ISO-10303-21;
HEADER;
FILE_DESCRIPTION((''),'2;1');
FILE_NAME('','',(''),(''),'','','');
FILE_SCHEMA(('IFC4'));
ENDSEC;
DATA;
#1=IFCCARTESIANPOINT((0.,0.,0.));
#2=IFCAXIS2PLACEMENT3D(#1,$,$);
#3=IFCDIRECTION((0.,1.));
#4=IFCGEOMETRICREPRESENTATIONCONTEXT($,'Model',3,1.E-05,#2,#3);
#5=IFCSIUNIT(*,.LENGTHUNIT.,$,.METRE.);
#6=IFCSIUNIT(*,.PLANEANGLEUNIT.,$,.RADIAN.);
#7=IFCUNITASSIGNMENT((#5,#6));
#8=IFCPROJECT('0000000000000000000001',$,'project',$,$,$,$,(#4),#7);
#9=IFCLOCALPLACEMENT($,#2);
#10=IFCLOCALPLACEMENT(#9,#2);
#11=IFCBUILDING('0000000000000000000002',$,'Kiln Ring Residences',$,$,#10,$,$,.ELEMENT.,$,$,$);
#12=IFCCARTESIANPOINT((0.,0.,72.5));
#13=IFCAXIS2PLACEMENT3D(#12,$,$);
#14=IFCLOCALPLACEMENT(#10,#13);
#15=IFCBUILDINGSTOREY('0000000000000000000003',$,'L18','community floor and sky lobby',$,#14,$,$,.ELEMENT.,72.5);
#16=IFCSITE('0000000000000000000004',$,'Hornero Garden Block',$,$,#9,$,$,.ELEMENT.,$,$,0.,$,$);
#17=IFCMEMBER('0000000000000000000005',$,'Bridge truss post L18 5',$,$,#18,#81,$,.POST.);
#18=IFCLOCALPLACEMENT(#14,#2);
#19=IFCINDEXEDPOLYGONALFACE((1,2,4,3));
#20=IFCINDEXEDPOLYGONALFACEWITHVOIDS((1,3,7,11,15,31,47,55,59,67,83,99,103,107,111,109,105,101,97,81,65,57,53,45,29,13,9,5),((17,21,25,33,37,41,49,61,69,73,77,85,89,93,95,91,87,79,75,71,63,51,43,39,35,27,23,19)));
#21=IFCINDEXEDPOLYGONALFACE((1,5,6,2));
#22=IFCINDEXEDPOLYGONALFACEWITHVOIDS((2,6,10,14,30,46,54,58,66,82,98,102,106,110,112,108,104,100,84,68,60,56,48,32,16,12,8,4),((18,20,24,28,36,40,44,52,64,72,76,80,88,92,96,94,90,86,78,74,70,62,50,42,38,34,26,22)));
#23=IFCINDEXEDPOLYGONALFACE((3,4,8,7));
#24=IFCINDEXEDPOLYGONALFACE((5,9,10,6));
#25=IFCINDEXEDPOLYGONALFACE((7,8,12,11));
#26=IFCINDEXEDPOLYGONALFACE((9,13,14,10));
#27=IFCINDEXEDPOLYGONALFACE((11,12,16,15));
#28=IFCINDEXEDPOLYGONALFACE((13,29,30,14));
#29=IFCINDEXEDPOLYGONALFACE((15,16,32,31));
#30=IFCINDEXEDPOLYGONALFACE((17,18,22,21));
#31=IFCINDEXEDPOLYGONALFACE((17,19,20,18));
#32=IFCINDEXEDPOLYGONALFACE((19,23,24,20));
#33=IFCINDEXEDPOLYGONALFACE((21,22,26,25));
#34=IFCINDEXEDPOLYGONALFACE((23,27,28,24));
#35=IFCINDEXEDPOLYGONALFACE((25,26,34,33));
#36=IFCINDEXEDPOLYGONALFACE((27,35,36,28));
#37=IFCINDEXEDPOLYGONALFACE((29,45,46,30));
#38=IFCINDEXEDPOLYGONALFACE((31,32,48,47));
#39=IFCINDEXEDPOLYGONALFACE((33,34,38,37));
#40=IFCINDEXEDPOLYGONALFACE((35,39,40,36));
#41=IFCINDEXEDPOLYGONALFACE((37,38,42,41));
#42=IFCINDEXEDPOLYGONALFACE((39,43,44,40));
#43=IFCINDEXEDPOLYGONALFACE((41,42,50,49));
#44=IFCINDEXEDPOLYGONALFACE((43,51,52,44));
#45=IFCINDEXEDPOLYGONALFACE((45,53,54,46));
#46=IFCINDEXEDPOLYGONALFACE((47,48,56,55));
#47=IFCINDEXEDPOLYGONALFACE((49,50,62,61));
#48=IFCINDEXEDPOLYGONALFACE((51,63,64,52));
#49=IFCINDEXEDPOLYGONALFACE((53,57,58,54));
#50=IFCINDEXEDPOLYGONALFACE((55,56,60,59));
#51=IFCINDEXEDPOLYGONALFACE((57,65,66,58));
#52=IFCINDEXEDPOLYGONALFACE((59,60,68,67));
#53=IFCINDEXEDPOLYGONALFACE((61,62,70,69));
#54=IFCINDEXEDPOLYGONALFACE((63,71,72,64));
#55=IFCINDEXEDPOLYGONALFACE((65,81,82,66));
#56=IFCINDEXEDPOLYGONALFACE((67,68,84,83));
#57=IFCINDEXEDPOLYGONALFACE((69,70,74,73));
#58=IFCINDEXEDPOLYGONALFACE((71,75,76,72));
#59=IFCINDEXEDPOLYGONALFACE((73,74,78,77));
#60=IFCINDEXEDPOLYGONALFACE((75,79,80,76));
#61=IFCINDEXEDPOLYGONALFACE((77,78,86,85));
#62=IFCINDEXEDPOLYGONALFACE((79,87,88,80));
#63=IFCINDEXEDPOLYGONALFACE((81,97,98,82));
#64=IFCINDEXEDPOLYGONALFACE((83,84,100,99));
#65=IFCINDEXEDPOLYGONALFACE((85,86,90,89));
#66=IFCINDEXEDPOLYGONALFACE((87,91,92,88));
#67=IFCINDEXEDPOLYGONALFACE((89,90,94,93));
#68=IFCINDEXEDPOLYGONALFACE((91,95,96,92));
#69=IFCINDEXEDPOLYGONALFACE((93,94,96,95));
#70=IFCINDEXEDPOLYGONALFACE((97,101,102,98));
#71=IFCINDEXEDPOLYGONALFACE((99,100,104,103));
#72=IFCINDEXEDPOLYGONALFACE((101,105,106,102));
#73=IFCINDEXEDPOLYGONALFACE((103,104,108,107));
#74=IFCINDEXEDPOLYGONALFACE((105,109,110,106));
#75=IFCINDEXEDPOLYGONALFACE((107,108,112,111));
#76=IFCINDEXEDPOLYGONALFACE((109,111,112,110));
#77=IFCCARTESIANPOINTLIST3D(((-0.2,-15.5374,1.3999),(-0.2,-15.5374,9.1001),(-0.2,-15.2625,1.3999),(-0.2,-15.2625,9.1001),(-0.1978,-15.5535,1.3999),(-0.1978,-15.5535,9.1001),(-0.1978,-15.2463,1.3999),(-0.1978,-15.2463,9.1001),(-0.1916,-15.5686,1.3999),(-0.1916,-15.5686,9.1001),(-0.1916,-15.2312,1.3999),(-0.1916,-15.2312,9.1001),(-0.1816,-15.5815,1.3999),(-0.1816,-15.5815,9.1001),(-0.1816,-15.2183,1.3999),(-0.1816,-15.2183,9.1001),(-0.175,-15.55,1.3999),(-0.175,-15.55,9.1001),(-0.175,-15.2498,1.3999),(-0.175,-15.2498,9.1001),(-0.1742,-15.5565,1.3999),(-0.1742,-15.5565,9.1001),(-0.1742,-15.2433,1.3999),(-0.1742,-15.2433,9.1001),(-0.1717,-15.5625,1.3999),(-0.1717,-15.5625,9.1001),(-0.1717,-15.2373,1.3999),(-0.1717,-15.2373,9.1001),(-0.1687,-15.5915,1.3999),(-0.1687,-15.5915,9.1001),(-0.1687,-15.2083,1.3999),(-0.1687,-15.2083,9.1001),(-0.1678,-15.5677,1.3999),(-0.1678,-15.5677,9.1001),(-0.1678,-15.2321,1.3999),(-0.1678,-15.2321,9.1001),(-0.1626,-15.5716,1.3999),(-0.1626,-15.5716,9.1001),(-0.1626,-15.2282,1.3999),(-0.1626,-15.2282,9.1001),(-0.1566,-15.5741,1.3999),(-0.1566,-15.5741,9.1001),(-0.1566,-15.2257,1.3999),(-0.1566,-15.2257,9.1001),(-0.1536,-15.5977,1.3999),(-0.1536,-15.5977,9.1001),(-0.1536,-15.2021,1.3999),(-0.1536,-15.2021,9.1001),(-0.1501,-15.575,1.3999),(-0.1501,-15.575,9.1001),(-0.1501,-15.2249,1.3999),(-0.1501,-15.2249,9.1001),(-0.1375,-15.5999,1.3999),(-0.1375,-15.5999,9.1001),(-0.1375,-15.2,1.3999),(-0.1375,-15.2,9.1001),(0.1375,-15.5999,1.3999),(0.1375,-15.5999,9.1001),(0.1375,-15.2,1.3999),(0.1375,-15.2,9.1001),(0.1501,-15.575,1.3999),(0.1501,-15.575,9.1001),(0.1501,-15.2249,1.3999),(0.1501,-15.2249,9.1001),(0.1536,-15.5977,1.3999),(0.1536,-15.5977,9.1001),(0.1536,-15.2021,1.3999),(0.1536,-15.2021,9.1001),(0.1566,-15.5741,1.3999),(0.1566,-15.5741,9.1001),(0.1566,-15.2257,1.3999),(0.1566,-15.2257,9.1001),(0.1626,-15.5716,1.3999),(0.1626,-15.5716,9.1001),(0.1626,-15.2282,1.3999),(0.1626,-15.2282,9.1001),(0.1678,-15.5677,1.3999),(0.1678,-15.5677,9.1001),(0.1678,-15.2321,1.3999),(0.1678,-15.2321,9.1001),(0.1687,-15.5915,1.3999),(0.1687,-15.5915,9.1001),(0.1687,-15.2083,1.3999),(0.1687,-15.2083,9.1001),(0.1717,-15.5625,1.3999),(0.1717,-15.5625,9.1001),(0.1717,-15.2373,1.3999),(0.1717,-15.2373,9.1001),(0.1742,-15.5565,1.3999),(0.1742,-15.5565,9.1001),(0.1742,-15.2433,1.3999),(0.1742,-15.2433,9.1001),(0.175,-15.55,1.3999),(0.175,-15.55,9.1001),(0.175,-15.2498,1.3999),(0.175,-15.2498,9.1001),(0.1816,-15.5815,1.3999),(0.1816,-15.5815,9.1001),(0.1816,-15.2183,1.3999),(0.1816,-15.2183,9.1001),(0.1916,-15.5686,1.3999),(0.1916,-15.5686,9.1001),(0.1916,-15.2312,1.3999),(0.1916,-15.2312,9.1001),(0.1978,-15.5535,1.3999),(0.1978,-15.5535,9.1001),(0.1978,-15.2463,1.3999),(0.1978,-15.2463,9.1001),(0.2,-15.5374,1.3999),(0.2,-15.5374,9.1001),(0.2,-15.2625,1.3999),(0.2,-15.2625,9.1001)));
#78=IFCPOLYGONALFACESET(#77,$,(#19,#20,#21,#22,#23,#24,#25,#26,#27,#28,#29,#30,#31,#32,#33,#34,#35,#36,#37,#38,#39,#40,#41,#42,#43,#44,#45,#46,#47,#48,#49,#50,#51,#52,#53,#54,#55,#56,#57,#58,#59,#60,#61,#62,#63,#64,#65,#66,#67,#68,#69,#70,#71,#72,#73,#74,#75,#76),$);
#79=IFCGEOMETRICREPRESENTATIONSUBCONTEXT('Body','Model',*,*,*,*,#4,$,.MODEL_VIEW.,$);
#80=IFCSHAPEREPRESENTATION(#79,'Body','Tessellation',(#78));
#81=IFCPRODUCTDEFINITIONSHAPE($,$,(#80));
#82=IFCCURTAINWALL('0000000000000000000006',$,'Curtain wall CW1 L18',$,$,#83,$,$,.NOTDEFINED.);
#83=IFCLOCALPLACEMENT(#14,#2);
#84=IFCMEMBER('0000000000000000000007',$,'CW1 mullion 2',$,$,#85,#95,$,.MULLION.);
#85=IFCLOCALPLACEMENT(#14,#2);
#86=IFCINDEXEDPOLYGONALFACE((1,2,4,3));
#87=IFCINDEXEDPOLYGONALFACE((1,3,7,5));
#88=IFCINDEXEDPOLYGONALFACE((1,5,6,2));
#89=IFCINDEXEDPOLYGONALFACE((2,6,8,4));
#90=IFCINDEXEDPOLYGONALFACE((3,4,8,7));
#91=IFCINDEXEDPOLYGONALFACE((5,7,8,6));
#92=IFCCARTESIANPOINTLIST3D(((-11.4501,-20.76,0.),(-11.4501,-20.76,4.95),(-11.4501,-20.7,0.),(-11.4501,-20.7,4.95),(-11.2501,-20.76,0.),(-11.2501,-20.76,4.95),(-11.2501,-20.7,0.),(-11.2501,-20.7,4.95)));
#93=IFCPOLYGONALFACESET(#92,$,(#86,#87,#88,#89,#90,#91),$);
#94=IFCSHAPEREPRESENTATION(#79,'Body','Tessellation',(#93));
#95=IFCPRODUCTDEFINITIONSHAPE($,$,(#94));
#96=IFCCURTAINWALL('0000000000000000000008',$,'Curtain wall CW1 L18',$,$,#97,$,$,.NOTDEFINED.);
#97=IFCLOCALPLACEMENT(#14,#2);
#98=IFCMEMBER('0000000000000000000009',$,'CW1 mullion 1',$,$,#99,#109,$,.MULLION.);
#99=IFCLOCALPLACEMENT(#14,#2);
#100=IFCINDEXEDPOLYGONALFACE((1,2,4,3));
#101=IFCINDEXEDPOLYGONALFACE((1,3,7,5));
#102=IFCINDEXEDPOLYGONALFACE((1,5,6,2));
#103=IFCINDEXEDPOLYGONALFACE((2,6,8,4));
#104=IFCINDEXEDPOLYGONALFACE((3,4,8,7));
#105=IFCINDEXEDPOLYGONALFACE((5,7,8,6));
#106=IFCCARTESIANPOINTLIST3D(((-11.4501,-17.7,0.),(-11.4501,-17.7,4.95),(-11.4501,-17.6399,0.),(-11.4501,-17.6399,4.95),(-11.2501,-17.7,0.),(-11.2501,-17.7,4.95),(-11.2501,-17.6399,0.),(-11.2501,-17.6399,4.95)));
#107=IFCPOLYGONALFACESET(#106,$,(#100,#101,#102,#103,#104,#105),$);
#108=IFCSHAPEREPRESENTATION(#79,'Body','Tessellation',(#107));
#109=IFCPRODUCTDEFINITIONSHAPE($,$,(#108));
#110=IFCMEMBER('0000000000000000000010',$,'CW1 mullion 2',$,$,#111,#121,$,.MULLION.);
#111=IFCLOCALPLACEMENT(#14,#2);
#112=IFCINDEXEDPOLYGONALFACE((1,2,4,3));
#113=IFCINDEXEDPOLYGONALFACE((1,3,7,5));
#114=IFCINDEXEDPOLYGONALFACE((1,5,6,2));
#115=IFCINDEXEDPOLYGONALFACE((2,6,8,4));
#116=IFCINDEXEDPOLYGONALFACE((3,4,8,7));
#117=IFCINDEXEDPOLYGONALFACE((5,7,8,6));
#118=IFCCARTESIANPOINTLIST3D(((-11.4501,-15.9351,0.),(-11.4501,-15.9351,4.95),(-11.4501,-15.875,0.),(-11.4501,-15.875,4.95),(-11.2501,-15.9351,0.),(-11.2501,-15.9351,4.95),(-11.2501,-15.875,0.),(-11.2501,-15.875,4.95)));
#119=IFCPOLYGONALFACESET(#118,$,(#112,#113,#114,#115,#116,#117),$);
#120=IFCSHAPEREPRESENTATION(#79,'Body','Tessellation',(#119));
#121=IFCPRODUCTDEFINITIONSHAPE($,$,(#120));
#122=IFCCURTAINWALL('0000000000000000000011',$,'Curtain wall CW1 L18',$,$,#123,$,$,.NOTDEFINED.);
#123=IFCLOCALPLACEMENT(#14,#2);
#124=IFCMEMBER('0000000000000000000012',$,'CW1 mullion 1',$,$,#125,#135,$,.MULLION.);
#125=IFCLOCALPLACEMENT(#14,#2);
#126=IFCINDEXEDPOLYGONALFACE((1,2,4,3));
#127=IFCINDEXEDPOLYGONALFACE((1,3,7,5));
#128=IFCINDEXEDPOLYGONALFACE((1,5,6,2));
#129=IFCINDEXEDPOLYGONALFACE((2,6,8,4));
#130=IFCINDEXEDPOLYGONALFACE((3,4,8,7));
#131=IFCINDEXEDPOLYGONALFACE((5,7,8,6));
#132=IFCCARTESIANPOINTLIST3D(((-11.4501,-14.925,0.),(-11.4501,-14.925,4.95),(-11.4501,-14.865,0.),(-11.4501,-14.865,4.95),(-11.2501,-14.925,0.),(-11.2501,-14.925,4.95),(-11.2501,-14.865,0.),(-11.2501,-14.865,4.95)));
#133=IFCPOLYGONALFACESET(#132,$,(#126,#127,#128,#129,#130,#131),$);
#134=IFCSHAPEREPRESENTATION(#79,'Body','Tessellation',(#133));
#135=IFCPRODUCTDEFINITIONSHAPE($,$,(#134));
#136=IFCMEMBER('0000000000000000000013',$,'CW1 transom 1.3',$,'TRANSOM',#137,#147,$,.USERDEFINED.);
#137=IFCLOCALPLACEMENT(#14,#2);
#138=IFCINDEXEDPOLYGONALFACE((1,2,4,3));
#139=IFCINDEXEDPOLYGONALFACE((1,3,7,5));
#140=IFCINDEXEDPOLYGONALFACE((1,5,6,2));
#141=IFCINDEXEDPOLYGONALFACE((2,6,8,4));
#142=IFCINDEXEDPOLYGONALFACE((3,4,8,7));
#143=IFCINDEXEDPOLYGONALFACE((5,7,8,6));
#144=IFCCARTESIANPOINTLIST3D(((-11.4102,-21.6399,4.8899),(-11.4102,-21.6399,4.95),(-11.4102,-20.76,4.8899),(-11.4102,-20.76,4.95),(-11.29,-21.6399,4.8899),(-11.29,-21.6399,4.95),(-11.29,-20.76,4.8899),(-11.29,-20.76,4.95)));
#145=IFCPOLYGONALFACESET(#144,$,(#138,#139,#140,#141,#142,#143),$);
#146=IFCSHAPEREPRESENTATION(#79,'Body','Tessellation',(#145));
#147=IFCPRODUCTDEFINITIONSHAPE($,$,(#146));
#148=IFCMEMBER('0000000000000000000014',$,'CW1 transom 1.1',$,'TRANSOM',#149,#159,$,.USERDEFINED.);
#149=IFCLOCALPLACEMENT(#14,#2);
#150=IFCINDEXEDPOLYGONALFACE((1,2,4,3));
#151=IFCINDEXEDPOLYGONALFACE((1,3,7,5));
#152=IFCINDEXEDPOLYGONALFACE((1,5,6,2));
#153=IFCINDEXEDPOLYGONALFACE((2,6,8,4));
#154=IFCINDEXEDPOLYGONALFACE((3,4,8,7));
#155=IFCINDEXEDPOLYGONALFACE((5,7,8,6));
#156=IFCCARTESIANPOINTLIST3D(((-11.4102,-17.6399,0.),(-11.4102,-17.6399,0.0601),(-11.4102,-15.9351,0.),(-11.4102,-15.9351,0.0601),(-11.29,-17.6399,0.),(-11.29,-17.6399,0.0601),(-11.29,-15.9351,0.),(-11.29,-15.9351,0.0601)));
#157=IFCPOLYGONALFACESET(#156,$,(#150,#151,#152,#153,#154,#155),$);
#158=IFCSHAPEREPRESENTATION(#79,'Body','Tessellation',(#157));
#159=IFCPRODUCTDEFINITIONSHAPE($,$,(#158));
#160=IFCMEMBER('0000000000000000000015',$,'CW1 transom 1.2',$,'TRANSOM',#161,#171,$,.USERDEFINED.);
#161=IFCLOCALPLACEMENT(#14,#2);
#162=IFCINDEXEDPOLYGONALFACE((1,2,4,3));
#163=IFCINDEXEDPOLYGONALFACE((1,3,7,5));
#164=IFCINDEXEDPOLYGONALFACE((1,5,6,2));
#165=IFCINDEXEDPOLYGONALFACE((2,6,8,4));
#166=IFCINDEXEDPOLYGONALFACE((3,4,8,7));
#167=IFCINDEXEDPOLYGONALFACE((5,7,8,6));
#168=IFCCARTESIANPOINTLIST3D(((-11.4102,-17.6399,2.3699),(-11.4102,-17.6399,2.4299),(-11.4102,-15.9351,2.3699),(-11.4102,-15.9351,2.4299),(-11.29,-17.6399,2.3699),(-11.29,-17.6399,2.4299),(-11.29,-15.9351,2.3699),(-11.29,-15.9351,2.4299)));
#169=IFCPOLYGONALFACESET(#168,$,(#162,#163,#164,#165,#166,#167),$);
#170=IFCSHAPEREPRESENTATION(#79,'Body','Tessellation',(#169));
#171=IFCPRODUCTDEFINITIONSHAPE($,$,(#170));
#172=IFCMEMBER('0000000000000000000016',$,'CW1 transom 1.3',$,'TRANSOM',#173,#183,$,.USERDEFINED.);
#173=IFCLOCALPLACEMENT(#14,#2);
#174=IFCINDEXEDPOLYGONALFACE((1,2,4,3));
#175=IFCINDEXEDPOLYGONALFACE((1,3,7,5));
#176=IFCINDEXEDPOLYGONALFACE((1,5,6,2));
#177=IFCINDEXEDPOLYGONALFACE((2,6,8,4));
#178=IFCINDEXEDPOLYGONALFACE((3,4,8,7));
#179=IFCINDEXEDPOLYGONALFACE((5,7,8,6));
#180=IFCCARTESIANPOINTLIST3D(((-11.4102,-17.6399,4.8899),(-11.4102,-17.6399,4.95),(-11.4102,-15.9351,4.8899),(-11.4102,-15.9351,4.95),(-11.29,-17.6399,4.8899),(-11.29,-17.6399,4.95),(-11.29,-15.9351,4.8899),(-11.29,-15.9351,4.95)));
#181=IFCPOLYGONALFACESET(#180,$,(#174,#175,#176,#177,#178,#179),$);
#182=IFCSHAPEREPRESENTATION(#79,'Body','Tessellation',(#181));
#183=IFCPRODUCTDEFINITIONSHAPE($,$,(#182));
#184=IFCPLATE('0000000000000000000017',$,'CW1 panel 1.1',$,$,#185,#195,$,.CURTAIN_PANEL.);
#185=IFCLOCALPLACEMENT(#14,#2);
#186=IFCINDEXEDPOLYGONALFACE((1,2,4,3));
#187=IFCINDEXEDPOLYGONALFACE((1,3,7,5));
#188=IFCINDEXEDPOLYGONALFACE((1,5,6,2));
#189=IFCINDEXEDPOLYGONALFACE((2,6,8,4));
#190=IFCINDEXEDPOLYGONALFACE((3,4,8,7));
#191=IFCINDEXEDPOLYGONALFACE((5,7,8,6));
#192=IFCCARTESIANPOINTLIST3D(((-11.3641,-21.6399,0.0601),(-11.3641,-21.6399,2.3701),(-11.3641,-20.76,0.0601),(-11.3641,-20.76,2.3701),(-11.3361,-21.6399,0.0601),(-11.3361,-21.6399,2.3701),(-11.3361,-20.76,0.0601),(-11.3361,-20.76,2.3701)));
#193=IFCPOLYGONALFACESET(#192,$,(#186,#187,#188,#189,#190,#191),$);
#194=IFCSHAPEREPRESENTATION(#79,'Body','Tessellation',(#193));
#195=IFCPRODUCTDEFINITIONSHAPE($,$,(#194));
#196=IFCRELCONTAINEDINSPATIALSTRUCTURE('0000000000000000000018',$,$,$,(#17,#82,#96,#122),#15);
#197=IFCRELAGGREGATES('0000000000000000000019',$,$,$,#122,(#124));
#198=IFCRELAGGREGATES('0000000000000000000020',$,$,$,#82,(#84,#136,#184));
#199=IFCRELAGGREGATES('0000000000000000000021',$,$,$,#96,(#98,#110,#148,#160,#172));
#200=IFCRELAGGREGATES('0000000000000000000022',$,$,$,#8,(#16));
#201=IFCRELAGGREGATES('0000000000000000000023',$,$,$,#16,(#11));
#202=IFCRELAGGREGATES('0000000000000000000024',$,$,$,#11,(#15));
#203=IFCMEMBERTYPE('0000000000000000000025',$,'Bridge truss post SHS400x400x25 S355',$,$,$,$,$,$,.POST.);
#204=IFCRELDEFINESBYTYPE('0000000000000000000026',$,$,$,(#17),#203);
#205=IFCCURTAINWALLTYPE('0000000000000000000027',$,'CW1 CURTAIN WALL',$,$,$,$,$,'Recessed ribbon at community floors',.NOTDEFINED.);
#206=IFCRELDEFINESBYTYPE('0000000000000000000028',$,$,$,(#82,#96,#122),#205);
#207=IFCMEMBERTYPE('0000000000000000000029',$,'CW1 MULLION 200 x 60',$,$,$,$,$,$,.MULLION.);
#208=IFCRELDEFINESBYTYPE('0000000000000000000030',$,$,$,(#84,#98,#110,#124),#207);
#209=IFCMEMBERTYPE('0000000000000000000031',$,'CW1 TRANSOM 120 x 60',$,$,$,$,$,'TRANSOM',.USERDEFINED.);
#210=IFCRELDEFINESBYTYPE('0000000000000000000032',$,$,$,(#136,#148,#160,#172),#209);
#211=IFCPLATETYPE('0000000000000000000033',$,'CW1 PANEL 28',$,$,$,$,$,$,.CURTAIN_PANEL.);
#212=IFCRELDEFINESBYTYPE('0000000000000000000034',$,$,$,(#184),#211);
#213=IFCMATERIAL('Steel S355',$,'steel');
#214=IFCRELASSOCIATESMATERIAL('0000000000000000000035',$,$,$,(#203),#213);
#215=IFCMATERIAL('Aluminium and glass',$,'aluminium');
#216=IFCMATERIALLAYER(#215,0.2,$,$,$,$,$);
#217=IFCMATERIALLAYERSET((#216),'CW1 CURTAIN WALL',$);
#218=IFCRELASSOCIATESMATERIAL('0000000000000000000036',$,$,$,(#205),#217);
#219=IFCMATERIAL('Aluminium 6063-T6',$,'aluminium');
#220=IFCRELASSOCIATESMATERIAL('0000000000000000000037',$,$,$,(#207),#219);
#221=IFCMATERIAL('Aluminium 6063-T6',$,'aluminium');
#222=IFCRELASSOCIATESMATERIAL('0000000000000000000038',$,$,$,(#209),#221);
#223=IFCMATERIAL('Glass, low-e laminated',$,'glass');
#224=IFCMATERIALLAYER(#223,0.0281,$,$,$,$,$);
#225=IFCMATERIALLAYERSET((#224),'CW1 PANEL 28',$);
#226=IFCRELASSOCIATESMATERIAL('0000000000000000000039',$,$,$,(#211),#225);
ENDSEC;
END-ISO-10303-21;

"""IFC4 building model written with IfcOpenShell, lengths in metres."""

from ifc_helpers import new_model, si_unit, direction, frame, origin, origin_2d, place, context, subcontext, project, spatial, rectangle, hollow_rectangle, extrude, material, layer, layer_set, material_profile, profile_set, type_object, element, aggregate, save


model = new_model("IFC4")

# Units and contexts
model_context = context("Model", 3, precision=1e-05, world=origin(), true_north=direction((0.0, 1.0)))
body_context = subcontext(model_context, "Body", "Model", "MODEL_VIEW")
ifc_project = project(units=[si_unit("LENGTHUNIT", "METRE"), si_unit("PLANEANGLEUNIT", "RADIAN")], contexts=[model_context])

# Site, building, storey
site_placement = place(None, origin())
site = spatial("IfcSite", under=ifc_project, at=site_placement, Name="Hornero Garden Block", CompositionType="ELEMENT", RefElevation=0.0)
building_placement = place(site_placement, origin())
building = spatial("IfcBuilding", under=site, at=building_placement, Name="Kiln Ring Residences", CompositionType="ELEMENT")
storey_placement = place(building_placement, frame((0.0, 0.0, 72.5)))
storey = spatial("IfcBuildingStorey", under=building, at=storey_placement, Name="L18", Description="community floor and sky lobby", CompositionType="ELEMENT", Elevation=72.5)

# Member
ifc_material_1 = material(Name="Steel S355", Category="steel")
ifc_material_profile_1 = material_profile(ifc_material_1, hollow_rectangle(XDim=0.3999, YDim=0.3999, WallThickness=0.0249, InnerFilletRadius=0.0249, OuterFilletRadius=0.0625, at=origin_2d()), Name="SHS400x400x25")
ifc_profile_set_1 = profile_set([ifc_material_profile_1], Name="Steel S355")
member_type_1 = type_object("IfcMemberType", Name="Bridge truss post SHS400x400x25 S355", PredefinedType="POST", material=ifc_profile_set_1)
for number, where, z_axis, x_axis, name in (
    (1, (0.0, -15.3999, 1.3999), (0.0, 0.0, 1.0), (1.0, 0.0, 0.0), "Bridge truss post L18 5"),
):
    element("IfcMember", number, at=place(storey_placement, frame(where, z_axis=z_axis, x_axis=x_axis)), inside=storey, type_object=member_type_1, Name=name, PredefinedType="POST", context=body_context, shape_type="SweptSolid", body=[
        extrude(hollow_rectangle(XDim=0.3999, YDim=0.3999, WallThickness=0.0249, InnerFilletRadius=0.0249, OuterFilletRadius=0.0625, at=origin_2d()), origin(), (0.0, 0.0, 1.0), 7.7002),
    ])

# Curtain wall, member
ifc_material_2 = material(Name="Aluminium and glass", Category="aluminium")
ifc_layer_1 = layer(ifc_material_2, 0.2)
ifc_layer_set_1 = layer_set([ifc_layer_1], Name="CW1 CURTAIN WALL")
curtain_wall_type = type_object("IfcCurtainWallType", Name="CW1 CURTAIN WALL", ElementType="Recessed ribbon at community floors", PredefinedType="NOTDEFINED", material=ifc_layer_set_1)
placement = place(storey_placement, origin())
curtain_wall_1 = element("IfcCurtainWall", 2, at=placement, inside=storey, type_object=curtain_wall_type, Name="Curtain wall CW1 L18", PredefinedType="NOTDEFINED")
ifc_material_3 = material(Name="Aluminium 6063-T6", Category="aluminium")
ifc_material_profile_2 = material_profile(ifc_material_3, rectangle(XDim=0.2, YDim=0.0601, at=origin_2d()), Name="AL 200x60")
ifc_profile_set_2 = profile_set([ifc_material_profile_2], Name="Aluminium 6063-T6")
member_type_2 = type_object("IfcMemberType", Name="CW1 MULLION 200 x 60", PredefinedType="MULLION", material=ifc_profile_set_2)
member_1_placement = place(storey_placement, frame((-11.3501, -20.73, 0.0), z_axis=(0.0, 0.0, 1.0), x_axis=(-1.0, 0.0, 0.0)))
member_1 = element("IfcMember", 3, at=member_1_placement, type_object=member_type_2, Name="CW1 mullion 2", PredefinedType="MULLION", context=body_context, shape_type="SweptSolid", body=[
    extrude(rectangle(XDim=0.2, YDim=0.0601, at=origin_2d()), origin(), (0.0, 0.0, 1.0), 4.95),
])

# Curtain wall, members
curtain_wall_2 = element("IfcCurtainWall", 4, at=placement, inside=storey, type_object=curtain_wall_type, Name="Curtain wall CW1 L18", PredefinedType="NOTDEFINED")
member_2_placement = place(storey_placement, frame((-11.3501, -17.6699, 0.0), z_axis=(0.0, 0.0, 1.0), x_axis=(-1.0, 0.0, 0.0)))
member_2 = element("IfcMember", 5, at=member_2_placement, type_object=member_type_2, Name="CW1 mullion 1", PredefinedType="MULLION", context=body_context, shape_type="SweptSolid", body=[
    extrude(rectangle(XDim=0.2, YDim=0.0601, at=origin_2d()), origin(), (0.0, 0.0, 1.0), 4.95),
])
member_3_placement = place(storey_placement, frame((-11.3501, -15.905, 0.0), z_axis=(0.0, 0.0, 1.0), x_axis=(-1.0, 0.0, 0.0)))
member_3 = element("IfcMember", 6, at=member_3_placement, type_object=member_type_2, Name="CW1 mullion 2", PredefinedType="MULLION", context=body_context, shape_type="SweptSolid", body=[
    extrude(rectangle(XDim=0.2, YDim=0.0601, at=origin_2d()), origin(), (0.0, 0.0, 1.0), 4.95),
])

# Curtain wall, member
curtain_wall_3 = element("IfcCurtainWall", 7, at=placement, inside=storey, type_object=curtain_wall_type, Name="Curtain wall CW1 L18", PredefinedType="NOTDEFINED")
member_4_placement = place(storey_placement, frame((-11.3501, -14.895, 0.0), z_axis=(0.0, 0.0, 1.0), x_axis=(-1.0, 0.0, 0.0)))
member_4 = element("IfcMember", 8, at=member_4_placement, type_object=member_type_2, Name="CW1 mullion 1", PredefinedType="MULLION", context=body_context, shape_type="SweptSolid", body=[
    extrude(rectangle(XDim=0.2, YDim=0.0601, at=origin_2d()), origin(), (0.0, 0.0, 1.0), 4.95),
])
aggregate(curtain_wall_3, [member_4])

# Members
ifc_material_4 = material(Name="Aluminium 6063-T6", Category="aluminium")
ifc_material_profile_3 = material_profile(ifc_material_4, rectangle(XDim=0.1201, YDim=0.0601, at=origin_2d()), Name="AL 120x60")
ifc_profile_set_3 = profile_set([ifc_material_profile_3], Name="Aluminium 6063-T6")
member_type_3 = type_object("IfcMemberType", Name="CW1 TRANSOM 120 x 60", ElementType="TRANSOM", PredefinedType="USERDEFINED", material=ifc_profile_set_3)
member_5_placement = place(storey_placement, frame((-11.3501, -21.6399, 4.9199), z_axis=(0.0, 1.0, 0.0), x_axis=(-1.0, 0.0, 0.0)))
member_5 = element("IfcMember", 9, at=member_5_placement, type_object=member_type_3, Name="CW1 transom 1.3", ObjectType="TRANSOM", PredefinedType="USERDEFINED", context=body_context, shape_type="SweptSolid", body=[
    extrude(rectangle(XDim=0.1201, YDim=0.0601, at=origin_2d()), origin(), (0.0, 0.0, 1.0), 0.8799),
])
member_6_placement = place(storey_placement, frame((-11.3501, -17.6399, 0.03), z_axis=(0.0, 1.0, 0.0), x_axis=(-1.0, 0.0, 0.0)))
member_6 = element("IfcMember", 10, at=member_6_placement, type_object=member_type_3, Name="CW1 transom 1.1", ObjectType="TRANSOM", PredefinedType="USERDEFINED", context=body_context, shape_type="SweptSolid", body=[
    extrude(rectangle(XDim=0.1201, YDim=0.0601, at=origin_2d()), origin(), (0.0, 0.0, 1.0), 1.7048),
])
member_7_placement = place(storey_placement, frame((-11.3501, -17.6399, 2.3999), z_axis=(0.0, 1.0, 0.0), x_axis=(-1.0, 0.0, 0.0)))
member_7 = element("IfcMember", 11, at=member_7_placement, type_object=member_type_3, Name="CW1 transom 1.2", ObjectType="TRANSOM", PredefinedType="USERDEFINED", context=body_context, shape_type="SweptSolid", body=[
    extrude(rectangle(XDim=0.1201, YDim=0.0601, at=origin_2d()), origin(), (0.0, 0.0, 1.0), 1.7048),
])
member_8_placement = place(storey_placement, frame((-11.3501, -17.6399, 4.9199), z_axis=(0.0, 1.0, 0.0), x_axis=(-1.0, 0.0, 0.0)))
member_8 = element("IfcMember", 12, at=member_8_placement, type_object=member_type_3, Name="CW1 transom 1.3", ObjectType="TRANSOM", PredefinedType="USERDEFINED", context=body_context, shape_type="SweptSolid", body=[
    extrude(rectangle(XDim=0.1201, YDim=0.0601, at=origin_2d()), origin(), (0.0, 0.0, 1.0), 1.7048),
])

# Plate
ifc_material_5 = material(Name="Glass, low-e laminated", Category="glass")
ifc_layer_2 = layer(ifc_material_5, 0.0281)
ifc_layer_set_2 = layer_set([ifc_layer_2], Name="CW1 PANEL 28")
plate_type = type_object("IfcPlateType", Name="CW1 PANEL 28", PredefinedType="CURTAIN_PANEL", material=ifc_layer_set_2)
plate_1_placement = place(storey_placement, frame((-11.3501, -21.2, 0.0601), z_axis=(0.0, 0.0, 1.0), x_axis=(0.0, 1.0, 0.0)))
plate_1 = element("IfcPlate", 13, at=plate_1_placement, type_object=plate_type, Name="CW1 panel 1.1", PredefinedType="CURTAIN_PANEL", context=body_context, shape_type="SweptSolid", body=[
    extrude(rectangle(XDim=0.8799, YDim=0.0281, at=origin_2d()), origin(), (0.0, 0.0, 1.0), 2.3101),
])
aggregate(curtain_wall_1, [member_1, member_5, plate_1])
aggregate(curtain_wall_2, [member_2, member_3, member_6, member_7, member_8])

save(model, "model.ifc")
